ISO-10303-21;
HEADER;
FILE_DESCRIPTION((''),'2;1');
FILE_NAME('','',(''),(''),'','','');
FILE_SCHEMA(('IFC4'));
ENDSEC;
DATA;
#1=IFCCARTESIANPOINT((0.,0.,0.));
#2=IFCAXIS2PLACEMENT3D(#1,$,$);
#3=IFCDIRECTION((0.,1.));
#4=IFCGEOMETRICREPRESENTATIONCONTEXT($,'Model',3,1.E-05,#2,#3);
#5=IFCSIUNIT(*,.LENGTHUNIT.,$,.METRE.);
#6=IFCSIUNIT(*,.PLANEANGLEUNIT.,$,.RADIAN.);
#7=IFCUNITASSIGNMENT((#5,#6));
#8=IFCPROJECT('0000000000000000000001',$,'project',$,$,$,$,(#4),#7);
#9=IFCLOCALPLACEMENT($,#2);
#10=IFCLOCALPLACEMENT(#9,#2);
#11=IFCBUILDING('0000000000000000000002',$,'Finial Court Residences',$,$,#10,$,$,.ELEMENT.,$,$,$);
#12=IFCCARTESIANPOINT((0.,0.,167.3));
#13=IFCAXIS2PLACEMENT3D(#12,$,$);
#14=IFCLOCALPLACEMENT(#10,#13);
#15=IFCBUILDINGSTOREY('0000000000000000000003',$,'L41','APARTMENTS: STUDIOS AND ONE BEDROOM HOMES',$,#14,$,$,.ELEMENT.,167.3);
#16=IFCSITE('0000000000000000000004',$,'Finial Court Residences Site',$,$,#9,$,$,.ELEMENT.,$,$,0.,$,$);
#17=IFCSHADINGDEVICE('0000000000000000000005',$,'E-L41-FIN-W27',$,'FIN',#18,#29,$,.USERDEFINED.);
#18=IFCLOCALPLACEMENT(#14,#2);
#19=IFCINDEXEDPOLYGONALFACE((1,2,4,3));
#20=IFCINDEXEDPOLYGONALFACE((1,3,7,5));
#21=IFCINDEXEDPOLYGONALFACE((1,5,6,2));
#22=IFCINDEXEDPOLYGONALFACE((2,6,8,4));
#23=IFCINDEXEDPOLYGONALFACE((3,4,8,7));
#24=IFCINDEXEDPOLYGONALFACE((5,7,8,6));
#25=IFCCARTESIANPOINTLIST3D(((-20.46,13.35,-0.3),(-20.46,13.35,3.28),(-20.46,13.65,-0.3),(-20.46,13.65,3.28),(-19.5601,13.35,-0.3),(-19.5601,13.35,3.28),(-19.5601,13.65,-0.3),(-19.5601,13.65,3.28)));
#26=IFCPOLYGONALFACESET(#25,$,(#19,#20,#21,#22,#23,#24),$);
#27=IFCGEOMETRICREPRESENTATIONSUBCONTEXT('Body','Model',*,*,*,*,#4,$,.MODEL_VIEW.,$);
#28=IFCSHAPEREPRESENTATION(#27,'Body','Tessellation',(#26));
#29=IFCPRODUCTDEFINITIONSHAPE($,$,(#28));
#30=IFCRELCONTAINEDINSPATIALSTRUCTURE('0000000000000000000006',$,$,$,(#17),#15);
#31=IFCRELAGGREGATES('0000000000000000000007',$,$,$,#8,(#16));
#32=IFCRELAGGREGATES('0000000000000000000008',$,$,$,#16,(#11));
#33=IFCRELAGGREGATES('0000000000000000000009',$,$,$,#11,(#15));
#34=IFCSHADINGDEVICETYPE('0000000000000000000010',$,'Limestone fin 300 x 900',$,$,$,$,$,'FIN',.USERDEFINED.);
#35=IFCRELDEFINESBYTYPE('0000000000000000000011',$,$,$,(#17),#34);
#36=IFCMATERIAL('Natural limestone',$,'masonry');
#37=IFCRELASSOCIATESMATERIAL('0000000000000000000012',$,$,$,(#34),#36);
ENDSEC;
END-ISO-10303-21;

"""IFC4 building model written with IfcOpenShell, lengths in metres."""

from ifc_helpers import new_model, si_unit, direction, frame, origin, origin_2d, place, context, subcontext, project, spatial, rectangle, extrude, material, type_object, element, save


model = new_model("IFC4")

# Units and contexts
model_context = context("Model", 3, precision=1e-05, world=origin(), true_north=direction((0.0, 1.0)))
body_context = subcontext(model_context, "Body", "Model", "MODEL_VIEW")
ifc_project = project(units=[si_unit("LENGTHUNIT", "METRE"), si_unit("PLANEANGLEUNIT", "RADIAN")], contexts=[model_context])

# Site, building, storey
site_placement = place(None, origin())
site = spatial("IfcSite", under=ifc_project, at=site_placement, Name="Finial Court Residences Site", CompositionType="ELEMENT", RefElevation=0.0)
building_placement = place(site_placement, origin())
building = spatial("IfcBuilding", under=site, at=building_placement, Name="Finial Court Residences", CompositionType="ELEMENT")
storey_placement = place(building_placement, frame((0.0, 0.0, 167.3)))
storey = spatial("IfcBuildingStorey", under=building, at=storey_placement, Name="L41", Description="APARTMENTS: STUDIOS AND ONE BEDROOM HOMES", CompositionType="ELEMENT", Elevation=167.3)

# Shared definitions
ifc_material_1 = material(Name="Natural limestone", Category="masonry")

# Shading device
shading_device_type = type_object("IfcShadingDeviceType", Name="Limestone fin 300 x 900", ElementType="FIN", PredefinedType="USERDEFINED", material=ifc_material_1)
for number, where, z_axis, x_axis, name in (
    (1, (-20.01, 13.5, -0.3), (0.0, 0.0, 1.0), (1.0, 0.0, 0.0), "E-L41-FIN-W27"),
):
    element("IfcShadingDevice", number, at=place(storey_placement, frame(where, z_axis=z_axis, x_axis=x_axis)), inside=storey, type_object=shading_device_type, Name=name, ObjectType="FIN", PredefinedType="USERDEFINED", context=body_context, shape_type="SweptSolid", body=[
        extrude(rectangle(XDim=0.8999, YDim=0.3, at=origin_2d()), origin(), (0.0, 0.0, 1.0), 3.5801),
    ])

save(model, "model.ifc")
